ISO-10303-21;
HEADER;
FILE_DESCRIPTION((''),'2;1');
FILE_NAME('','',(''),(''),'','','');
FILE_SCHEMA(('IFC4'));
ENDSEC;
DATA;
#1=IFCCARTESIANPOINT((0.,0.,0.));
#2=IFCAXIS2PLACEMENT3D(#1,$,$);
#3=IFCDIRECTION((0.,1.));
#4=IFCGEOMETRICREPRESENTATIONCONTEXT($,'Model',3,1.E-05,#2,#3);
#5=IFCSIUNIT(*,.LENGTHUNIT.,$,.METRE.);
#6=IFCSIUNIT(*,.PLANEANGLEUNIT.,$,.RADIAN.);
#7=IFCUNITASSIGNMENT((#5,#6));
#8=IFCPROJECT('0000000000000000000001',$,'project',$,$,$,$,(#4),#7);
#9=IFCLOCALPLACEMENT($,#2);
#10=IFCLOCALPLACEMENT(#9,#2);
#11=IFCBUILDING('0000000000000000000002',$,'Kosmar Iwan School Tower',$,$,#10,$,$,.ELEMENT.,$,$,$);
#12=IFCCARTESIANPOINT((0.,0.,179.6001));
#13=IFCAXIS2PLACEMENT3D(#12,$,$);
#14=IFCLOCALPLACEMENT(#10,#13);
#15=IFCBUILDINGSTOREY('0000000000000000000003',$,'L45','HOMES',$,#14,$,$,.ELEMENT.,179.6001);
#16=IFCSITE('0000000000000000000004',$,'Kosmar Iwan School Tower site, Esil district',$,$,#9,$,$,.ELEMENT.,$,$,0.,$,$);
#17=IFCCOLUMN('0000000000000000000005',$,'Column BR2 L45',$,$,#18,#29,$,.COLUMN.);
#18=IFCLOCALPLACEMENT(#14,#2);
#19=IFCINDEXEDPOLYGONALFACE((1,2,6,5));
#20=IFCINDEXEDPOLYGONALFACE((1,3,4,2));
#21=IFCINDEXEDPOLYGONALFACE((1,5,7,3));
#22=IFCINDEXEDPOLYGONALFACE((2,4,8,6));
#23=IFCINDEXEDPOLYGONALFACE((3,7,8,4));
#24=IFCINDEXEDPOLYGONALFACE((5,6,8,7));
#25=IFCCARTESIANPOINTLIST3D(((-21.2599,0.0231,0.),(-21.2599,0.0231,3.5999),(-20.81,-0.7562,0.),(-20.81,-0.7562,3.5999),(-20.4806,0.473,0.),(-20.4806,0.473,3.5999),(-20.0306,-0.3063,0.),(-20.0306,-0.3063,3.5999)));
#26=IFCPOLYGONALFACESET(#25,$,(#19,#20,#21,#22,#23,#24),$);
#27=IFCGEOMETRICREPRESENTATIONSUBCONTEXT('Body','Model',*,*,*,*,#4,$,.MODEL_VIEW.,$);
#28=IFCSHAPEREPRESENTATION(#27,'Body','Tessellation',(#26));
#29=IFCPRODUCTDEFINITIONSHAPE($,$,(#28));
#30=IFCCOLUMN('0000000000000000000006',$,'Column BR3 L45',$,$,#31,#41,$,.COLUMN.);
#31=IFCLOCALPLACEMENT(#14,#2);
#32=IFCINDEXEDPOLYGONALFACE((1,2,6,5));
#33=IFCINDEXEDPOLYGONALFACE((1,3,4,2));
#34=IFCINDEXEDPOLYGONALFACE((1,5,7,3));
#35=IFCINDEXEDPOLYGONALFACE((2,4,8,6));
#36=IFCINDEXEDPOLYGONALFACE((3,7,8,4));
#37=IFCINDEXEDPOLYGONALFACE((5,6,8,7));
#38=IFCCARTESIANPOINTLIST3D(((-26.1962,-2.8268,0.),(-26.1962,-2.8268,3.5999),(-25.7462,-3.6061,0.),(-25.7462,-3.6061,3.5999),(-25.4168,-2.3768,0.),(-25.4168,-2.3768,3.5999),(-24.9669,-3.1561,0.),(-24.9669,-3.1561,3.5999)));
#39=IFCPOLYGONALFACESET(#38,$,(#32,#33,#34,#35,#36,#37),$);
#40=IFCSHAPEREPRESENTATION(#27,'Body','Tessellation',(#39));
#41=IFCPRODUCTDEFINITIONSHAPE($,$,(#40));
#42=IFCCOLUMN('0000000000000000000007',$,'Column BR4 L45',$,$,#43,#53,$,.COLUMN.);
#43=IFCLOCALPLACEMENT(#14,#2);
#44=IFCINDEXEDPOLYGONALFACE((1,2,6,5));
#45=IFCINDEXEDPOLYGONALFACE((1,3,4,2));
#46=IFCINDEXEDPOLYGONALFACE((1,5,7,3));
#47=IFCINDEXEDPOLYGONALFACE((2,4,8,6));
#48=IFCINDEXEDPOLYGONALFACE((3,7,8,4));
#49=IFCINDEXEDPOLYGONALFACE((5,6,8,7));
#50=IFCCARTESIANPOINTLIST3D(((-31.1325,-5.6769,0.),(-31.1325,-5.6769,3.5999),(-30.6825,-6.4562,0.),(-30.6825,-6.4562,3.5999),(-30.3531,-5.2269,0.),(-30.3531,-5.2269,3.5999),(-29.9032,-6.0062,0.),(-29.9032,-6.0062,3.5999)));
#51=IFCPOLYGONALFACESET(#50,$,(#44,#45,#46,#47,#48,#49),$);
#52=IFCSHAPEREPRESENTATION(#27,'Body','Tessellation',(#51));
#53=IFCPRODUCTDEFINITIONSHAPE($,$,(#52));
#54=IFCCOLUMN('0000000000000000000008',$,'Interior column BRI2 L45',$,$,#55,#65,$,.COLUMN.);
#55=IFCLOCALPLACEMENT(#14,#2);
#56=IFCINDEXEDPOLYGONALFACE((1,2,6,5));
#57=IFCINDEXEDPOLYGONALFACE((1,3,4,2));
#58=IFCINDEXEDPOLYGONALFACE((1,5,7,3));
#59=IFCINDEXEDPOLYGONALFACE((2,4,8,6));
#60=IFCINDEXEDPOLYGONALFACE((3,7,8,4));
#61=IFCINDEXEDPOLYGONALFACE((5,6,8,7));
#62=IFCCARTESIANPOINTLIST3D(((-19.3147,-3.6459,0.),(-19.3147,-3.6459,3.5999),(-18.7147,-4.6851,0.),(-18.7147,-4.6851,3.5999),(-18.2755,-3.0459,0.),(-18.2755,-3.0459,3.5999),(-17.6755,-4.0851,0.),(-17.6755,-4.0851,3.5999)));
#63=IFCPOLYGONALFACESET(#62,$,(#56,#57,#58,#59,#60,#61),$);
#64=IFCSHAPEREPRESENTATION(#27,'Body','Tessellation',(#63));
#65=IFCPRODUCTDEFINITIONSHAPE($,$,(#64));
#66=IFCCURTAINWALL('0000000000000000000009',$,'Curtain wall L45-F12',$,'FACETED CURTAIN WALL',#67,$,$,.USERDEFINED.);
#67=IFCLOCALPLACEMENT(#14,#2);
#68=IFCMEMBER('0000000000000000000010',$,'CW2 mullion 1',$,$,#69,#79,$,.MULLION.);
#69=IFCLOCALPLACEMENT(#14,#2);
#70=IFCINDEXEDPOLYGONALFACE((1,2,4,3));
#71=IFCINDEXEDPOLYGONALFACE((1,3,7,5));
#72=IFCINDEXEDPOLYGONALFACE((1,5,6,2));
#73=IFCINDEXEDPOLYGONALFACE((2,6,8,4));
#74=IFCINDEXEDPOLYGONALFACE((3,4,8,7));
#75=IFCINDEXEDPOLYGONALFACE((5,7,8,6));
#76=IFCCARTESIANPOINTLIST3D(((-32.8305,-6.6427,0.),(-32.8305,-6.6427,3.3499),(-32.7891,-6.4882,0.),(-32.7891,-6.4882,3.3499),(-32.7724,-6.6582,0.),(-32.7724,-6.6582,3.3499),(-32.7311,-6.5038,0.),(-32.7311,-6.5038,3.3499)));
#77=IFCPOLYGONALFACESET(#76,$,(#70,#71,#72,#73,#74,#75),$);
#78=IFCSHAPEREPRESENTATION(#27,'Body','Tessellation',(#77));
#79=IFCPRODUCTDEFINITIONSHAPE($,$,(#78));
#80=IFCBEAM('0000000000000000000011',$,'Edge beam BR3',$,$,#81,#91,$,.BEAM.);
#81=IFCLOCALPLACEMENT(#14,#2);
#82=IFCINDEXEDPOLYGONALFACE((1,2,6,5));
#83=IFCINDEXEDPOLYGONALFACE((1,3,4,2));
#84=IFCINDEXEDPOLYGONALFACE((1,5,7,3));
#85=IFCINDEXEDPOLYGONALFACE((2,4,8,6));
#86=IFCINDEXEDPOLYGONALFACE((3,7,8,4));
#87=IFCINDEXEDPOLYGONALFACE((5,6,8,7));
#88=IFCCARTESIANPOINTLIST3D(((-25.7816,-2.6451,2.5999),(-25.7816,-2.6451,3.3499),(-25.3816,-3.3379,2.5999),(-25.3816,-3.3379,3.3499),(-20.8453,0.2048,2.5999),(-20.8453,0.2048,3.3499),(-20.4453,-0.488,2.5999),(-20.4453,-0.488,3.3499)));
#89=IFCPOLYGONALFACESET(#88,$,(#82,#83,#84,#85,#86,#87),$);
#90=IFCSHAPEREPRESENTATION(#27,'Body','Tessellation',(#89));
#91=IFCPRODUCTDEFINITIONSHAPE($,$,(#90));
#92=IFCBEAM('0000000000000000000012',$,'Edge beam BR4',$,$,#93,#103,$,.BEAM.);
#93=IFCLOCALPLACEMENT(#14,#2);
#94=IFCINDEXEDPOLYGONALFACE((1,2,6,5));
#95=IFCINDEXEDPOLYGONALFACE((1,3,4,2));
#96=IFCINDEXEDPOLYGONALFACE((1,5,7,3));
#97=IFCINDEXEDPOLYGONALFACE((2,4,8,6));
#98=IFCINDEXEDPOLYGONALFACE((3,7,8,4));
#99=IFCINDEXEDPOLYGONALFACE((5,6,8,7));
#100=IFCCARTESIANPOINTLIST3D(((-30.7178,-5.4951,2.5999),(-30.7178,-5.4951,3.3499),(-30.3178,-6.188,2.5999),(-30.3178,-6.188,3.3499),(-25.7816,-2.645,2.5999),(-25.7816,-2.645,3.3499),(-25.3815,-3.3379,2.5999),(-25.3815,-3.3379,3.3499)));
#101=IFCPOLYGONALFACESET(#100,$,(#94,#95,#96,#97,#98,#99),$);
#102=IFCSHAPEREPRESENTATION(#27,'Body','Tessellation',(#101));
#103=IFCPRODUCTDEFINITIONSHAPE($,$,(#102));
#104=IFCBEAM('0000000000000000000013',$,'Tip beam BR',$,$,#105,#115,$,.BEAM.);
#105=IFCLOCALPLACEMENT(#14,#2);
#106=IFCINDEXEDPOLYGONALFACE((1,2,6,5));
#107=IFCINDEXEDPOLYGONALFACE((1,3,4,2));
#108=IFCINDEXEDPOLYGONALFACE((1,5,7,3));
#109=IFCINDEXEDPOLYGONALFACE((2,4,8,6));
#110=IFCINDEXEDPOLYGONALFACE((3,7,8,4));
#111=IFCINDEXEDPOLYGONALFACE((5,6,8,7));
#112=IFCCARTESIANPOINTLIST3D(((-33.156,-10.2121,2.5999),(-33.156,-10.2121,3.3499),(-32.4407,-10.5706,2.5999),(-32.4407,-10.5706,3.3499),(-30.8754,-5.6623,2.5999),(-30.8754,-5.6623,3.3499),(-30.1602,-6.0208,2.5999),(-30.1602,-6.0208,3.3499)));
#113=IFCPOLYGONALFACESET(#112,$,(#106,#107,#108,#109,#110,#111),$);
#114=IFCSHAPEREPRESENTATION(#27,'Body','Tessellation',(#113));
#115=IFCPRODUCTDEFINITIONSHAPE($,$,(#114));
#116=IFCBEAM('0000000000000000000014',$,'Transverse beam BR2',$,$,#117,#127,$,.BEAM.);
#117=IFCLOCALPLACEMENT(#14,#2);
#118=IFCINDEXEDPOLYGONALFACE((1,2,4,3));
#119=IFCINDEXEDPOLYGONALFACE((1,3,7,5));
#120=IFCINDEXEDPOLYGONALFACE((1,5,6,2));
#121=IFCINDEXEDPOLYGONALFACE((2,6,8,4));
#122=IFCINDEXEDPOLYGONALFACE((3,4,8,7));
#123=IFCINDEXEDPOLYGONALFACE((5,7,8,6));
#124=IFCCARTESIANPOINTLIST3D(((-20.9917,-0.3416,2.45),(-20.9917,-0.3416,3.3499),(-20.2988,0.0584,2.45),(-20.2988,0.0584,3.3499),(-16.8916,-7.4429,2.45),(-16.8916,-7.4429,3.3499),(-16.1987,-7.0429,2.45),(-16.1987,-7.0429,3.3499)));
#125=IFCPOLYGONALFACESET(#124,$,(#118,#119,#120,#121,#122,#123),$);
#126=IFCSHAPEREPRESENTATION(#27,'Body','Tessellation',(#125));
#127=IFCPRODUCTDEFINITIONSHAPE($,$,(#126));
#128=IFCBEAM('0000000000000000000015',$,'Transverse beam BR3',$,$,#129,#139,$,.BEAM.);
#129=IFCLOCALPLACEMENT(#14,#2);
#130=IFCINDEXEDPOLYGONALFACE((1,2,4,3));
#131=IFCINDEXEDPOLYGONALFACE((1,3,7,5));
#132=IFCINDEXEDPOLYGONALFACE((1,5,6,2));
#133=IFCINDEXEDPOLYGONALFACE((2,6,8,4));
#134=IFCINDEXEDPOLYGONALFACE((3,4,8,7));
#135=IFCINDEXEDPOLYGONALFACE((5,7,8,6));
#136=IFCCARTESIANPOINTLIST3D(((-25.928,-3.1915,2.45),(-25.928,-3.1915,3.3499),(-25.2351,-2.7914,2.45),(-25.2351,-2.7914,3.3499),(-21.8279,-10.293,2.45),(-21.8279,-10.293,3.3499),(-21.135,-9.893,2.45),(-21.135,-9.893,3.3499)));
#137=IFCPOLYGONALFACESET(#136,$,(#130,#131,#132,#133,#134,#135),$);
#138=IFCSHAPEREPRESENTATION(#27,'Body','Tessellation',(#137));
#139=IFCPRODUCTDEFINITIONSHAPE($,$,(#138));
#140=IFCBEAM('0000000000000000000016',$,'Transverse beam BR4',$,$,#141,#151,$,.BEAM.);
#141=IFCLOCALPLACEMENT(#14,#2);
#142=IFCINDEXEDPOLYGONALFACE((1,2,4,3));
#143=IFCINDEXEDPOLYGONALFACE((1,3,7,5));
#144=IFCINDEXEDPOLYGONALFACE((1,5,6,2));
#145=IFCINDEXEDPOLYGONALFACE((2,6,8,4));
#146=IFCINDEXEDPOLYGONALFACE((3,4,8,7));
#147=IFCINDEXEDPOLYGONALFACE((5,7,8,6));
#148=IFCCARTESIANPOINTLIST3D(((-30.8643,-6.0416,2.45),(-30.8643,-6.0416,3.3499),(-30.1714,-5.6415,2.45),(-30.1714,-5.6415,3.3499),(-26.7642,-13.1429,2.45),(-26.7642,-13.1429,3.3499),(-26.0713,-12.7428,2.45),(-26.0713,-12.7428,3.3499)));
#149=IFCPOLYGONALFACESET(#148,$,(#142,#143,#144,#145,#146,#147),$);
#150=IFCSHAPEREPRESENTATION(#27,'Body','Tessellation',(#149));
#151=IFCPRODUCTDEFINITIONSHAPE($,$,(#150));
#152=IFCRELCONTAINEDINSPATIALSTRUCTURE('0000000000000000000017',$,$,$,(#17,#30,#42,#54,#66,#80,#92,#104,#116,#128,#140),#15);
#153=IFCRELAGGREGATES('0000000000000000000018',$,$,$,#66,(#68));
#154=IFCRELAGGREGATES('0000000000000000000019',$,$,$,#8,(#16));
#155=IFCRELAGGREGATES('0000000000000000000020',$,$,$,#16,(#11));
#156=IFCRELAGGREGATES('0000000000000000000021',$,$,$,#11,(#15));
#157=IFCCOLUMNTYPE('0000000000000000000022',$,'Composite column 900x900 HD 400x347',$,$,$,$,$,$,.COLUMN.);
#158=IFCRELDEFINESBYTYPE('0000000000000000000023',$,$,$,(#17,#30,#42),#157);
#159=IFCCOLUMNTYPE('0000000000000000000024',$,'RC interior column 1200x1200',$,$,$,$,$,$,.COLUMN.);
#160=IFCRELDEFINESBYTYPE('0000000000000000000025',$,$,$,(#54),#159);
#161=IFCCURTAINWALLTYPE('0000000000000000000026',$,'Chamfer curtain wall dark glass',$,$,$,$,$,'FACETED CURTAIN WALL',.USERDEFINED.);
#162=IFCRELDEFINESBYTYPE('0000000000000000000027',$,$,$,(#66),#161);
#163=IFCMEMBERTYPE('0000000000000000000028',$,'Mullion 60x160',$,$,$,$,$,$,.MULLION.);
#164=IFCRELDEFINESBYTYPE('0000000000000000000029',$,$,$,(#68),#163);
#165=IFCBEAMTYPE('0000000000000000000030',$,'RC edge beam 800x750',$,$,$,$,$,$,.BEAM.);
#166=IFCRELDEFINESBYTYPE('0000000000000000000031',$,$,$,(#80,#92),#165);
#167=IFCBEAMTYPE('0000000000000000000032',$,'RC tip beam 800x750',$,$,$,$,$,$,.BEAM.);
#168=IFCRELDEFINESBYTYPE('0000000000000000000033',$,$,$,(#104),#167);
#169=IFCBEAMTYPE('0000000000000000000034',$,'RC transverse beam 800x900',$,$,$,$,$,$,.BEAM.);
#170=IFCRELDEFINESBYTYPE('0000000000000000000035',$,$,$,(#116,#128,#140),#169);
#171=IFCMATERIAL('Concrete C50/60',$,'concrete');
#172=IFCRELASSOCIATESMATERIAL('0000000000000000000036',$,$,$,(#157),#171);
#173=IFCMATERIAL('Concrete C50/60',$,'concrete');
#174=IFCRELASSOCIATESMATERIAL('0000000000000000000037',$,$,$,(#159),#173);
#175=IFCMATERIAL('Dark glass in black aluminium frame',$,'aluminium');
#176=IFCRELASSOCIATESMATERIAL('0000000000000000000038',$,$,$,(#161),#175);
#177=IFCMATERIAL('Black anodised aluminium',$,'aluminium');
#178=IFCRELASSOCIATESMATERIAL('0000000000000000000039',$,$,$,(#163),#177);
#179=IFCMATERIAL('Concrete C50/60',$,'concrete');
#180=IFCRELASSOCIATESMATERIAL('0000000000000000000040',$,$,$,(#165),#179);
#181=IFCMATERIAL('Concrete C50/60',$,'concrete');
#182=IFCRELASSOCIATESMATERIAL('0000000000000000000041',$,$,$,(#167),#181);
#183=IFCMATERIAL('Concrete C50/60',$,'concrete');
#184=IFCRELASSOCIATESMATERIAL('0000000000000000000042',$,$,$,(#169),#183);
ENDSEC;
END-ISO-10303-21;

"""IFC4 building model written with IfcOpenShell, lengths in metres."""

from ifc_helpers import new_model, si_unit, direction, frame, origin, origin_2d, place, context, subcontext, project, spatial, rectangle, extrude, material, material_profile, profile_set, type_object, element, aggregate, save


model = new_model("IFC4")

# Units and contexts
model_context = context("Model", 3, precision=1e-05, world=origin(), true_north=direction((0.0, 1.0)))
body_context = subcontext(model_context, "Body", "Model", "MODEL_VIEW")
ifc_project = project(units=[si_unit("LENGTHUNIT", "METRE"), si_unit("PLANEANGLEUNIT", "RADIAN")], contexts=[model_context])

# Site, building, storey
site_placement = place(None, origin())
site = spatial("IfcSite", under=ifc_project, at=site_placement, Name="Kosmar Iwan School Tower site, Esil district", CompositionType="ELEMENT", RefElevation=0.0)
building_placement = place(site_placement, origin())
building = spatial("IfcBuilding", under=site, at=building_placement, Name="Kosmar Iwan School Tower", CompositionType="ELEMENT")
storey_placement = place(building_placement, frame((0.0, 0.0, 179.6001)))
storey = spatial("IfcBuildingStorey", under=building, at=storey_placement, Name="L45", Description="HOMES", CompositionType="ELEMENT", Elevation=179.6001)

# Columns
ifc_material_1 = material(Name="Concrete C50/60", Category="concrete")
ifc_material_profile_1 = material_profile(ifc_material_1, rectangle(XDim=0.8999, YDim=0.8999, at=origin_2d()), Name="RC 900x900 + HD 400x347")
ifc_profile_set_1 = profile_set([ifc_material_profile_1], Name="Concrete C50/60")
column_type_1 = type_object("IfcColumnType", Name="Composite column 900x900 HD 400x347", PredefinedType="COLUMN", material=ifc_profile_set_1)
for number, where, z_axis, x_axis, name in (
    (1, (-20.6453, -0.1416, 0.0), (0.0, 0.0, 1.0), (-0.866025, -0.5, 0.0), "Column BR2 L45"),
    (2, (-25.5815, -2.9915, 0.0), (0.0, 0.0, 1.0), (-0.866025, -0.5, 0.0), "Column BR3 L45"),
    (3, (-30.5178, -5.8416, 0.0), (0.0, 0.0, 1.0), (-0.866025, -0.5, 0.0), "Column BR4 L45"),
):
    element("IfcColumn", number, at=place(storey_placement, frame(where, z_axis=z_axis, x_axis=x_axis)), inside=storey, type_object=column_type_1, Name=name, PredefinedType="COLUMN", context=body_context, shape_type="SweptSolid", body=[
        extrude(rectangle(XDim=0.8999, YDim=0.8999, at=origin_2d()), origin(), (0.0, 0.0, 1.0), 3.5999),
    ])
ifc_material_2 = material(Name="Concrete C50/60", Category="concrete")
ifc_material_profile_2 = material_profile(ifc_material_2, rectangle(XDim=1.2, YDim=1.2, at=origin_2d()), Name="RC 1200x1200")
ifc_profile_set_2 = profile_set([ifc_material_profile_2], Name="Concrete C50/60")
column_type_2 = type_object("IfcColumnType", Name="RC interior column 1200x1200", PredefinedType="COLUMN", material=ifc_profile_set_2)
column_placement = place(storey_placement, frame((-18.4951, -3.8655, 0.0), z_axis=(0.0, 0.0, 1.0), x_axis=(-0.866025, -0.5, 0.0)))
element("IfcColumn", 4, at=column_placement, inside=storey, type_object=column_type_2, Name="Interior column BRI2 L45", PredefinedType="COLUMN", context=body_context, shape_type="SweptSolid", body=[
    extrude(rectangle(XDim=1.2, YDim=1.2, at=origin_2d()), origin(), (0.0, 0.0, 1.0), 3.5999),
])

# Curtain wall, member
ifc_material_3 = material(Name="Dark glass in black aluminium frame", Category="aluminium")
curtain_wall_type = type_object("IfcCurtainWallType", Name="Chamfer curtain wall dark glass", ElementType="FACETED CURTAIN WALL", PredefinedType="USERDEFINED", material=ifc_material_3)
curtain_wall_placement = place(storey_placement, origin())
curtain_wall = element("IfcCurtainWall", 5, at=curtain_wall_placement, inside=storey, type_object=curtain_wall_type, Name="Curtain wall L45-F12", ObjectType="FACETED CURTAIN WALL", PredefinedType="USERDEFINED")
ifc_material_4 = material(Name="Black anodised aluminium", Category="aluminium")
ifc_material_profile_3 = material_profile(ifc_material_4, rectangle(XDim=0.0601, YDim=0.1599, at=origin_2d()), Name="MULLION 60x160")
ifc_profile_set_3 = profile_set([ifc_material_profile_3], Name="Black anodised aluminium")
member_type = type_object("IfcMemberType", Name="Mullion 60x160", PredefinedType="MULLION", material=ifc_profile_set_3)
member_placement = place(storey_placement, frame((-32.7808, -6.5732, 0.0), z_axis=(0.0, 0.0, 1.0), x_axis=(0.965926, -0.258819, 0.0)))
member = element("IfcMember", 6, at=member_placement, type_object=member_type, Name="CW2 mullion 1", PredefinedType="MULLION", context=body_context, shape_type="SweptSolid", body=[
    extrude(rectangle(XDim=0.0601, YDim=0.1599, at=origin_2d()), origin(), (0.0, 0.0, 1.0), 3.3499),
])
aggregate(curtain_wall, [member])

# Beams
ifc_material_5 = material(Name="Concrete C50/60", Category="concrete")
ifc_material_profile_4 = material_profile(ifc_material_5, rectangle(XDim=0.8, YDim=0.75, at=origin_2d()), Name="RC 800x750")
ifc_profile_set_4 = profile_set([ifc_material_profile_4], Name="Concrete C50/60")
beam_type_1 = type_object("IfcBeamType", Name="RC edge beam 800x750", PredefinedType="BEAM", material=ifc_profile_set_4)
for number, where, z_axis, x_axis, name in (
    (7, (-20.6453, -0.1416, 2.9749), (-0.866034, -0.499986, 0.0), (0.499986, -0.866034, 0.0), "Edge beam BR3"),
    (8, (-25.5815, -2.9915, 2.9749), (-0.866015, -0.500018, 0.0), (0.500018, -0.866015, 0.0), "Edge beam BR4"),
):
    element("IfcBeam", number, at=place(storey_placement, frame(where, z_axis=z_axis, x_axis=x_axis)), inside=storey, type_object=beam_type_1, Name=name, PredefinedType="BEAM", context=body_context, shape_type="SweptSolid", body=[
        extrude(rectangle(XDim=0.8, YDim=0.75, at=origin_2d()), origin(), (0.0, 0.0, 1.0), 5.7),
    ])
ifc_material_6 = material(Name="Concrete C50/60", Category="concrete")
ifc_material_profile_5 = material_profile(ifc_material_6, rectangle(XDim=0.8, YDim=0.75, at=origin_2d()), Name="RC 800x750")
ifc_profile_set_5 = profile_set([ifc_material_profile_5], Name="Concrete C50/60")
beam_type_2 = type_object("IfcBeamType", Name="RC tip beam 800x750", PredefinedType="BEAM", material=ifc_profile_set_5)
beam_1_placement = place(storey_placement, frame((-30.5178, -5.8416, 2.9749), z_axis=(-0.448096, -0.893985, 0.0), x_axis=(0.893985, -0.448096, 0.0)))
element("IfcBeam", 9, at=beam_1_placement, inside=storey, type_object=beam_type_2, Name="Tip beam BR", PredefinedType="BEAM", context=body_context, shape_type="SweptSolid", body=[
    extrude(rectangle(XDim=0.8, YDim=0.75, at=origin_2d()), origin(), (0.0, 0.0, 1.0), 5.0894),
])
ifc_material_7 = material(Name="Concrete C50/60", Category="concrete")
ifc_material_profile_6 = material_profile(ifc_material_7, rectangle(XDim=0.8, YDim=0.8999, at=origin_2d()), Name="RC 800x900")
ifc_profile_set_6 = profile_set([ifc_material_profile_6], Name="Concrete C50/60")
beam_type_3 = type_object("IfcBeamType", Name="RC transverse beam 800x900", PredefinedType="BEAM", material=ifc_profile_set_6)
beam_2_placement = place(storey_placement, frame((-20.6453, -0.1416, 2.8999), z_axis=(0.500014, -0.866018, 0.0), x_axis=(0.866018, 0.500014, 0.0)))
element("IfcBeam", 10, at=beam_2_placement, inside=storey, type_object=beam_type_3, Name="Transverse beam BR2", PredefinedType="BEAM", context=body_context, shape_type="SweptSolid", body=[
    extrude(rectangle(XDim=0.8, YDim=0.8999, at=origin_2d()), origin(), (0.0, 0.0, 1.0), 8.2),
])
beam_3_placement = place(storey_placement, frame((-25.5815, -2.9915, 2.8999), z_axis=(0.500001, -0.866025, 0.0), x_axis=(0.866025, 0.500001, 0.0)))
element("IfcBeam", 11, at=beam_3_placement, inside=storey, type_object=beam_type_3, Name="Transverse beam BR3", PredefinedType="BEAM", context=body_context, shape_type="SweptSolid", body=[
    extrude(rectangle(XDim=0.8, YDim=0.8999, at=origin_2d()), origin(), (0.0, 0.0, 1.0), 8.2002),
])
beam_4_placement = place(storey_placement, frame((-30.5178, -5.8416, 2.8999), z_axis=(0.500014, -0.866018, 0.0), x_axis=(0.866018, 0.500014, 0.0)))
element("IfcBeam", 12, at=beam_4_placement, inside=storey, type_object=beam_type_3, Name="Transverse beam BR4", PredefinedType="BEAM", context=body_context, shape_type="SweptSolid", body=[
    extrude(rectangle(XDim=0.8, YDim=0.8999, at=origin_2d()), origin(), (0.0, 0.0, 1.0), 8.2),
])

save(model, "model.ifc")
